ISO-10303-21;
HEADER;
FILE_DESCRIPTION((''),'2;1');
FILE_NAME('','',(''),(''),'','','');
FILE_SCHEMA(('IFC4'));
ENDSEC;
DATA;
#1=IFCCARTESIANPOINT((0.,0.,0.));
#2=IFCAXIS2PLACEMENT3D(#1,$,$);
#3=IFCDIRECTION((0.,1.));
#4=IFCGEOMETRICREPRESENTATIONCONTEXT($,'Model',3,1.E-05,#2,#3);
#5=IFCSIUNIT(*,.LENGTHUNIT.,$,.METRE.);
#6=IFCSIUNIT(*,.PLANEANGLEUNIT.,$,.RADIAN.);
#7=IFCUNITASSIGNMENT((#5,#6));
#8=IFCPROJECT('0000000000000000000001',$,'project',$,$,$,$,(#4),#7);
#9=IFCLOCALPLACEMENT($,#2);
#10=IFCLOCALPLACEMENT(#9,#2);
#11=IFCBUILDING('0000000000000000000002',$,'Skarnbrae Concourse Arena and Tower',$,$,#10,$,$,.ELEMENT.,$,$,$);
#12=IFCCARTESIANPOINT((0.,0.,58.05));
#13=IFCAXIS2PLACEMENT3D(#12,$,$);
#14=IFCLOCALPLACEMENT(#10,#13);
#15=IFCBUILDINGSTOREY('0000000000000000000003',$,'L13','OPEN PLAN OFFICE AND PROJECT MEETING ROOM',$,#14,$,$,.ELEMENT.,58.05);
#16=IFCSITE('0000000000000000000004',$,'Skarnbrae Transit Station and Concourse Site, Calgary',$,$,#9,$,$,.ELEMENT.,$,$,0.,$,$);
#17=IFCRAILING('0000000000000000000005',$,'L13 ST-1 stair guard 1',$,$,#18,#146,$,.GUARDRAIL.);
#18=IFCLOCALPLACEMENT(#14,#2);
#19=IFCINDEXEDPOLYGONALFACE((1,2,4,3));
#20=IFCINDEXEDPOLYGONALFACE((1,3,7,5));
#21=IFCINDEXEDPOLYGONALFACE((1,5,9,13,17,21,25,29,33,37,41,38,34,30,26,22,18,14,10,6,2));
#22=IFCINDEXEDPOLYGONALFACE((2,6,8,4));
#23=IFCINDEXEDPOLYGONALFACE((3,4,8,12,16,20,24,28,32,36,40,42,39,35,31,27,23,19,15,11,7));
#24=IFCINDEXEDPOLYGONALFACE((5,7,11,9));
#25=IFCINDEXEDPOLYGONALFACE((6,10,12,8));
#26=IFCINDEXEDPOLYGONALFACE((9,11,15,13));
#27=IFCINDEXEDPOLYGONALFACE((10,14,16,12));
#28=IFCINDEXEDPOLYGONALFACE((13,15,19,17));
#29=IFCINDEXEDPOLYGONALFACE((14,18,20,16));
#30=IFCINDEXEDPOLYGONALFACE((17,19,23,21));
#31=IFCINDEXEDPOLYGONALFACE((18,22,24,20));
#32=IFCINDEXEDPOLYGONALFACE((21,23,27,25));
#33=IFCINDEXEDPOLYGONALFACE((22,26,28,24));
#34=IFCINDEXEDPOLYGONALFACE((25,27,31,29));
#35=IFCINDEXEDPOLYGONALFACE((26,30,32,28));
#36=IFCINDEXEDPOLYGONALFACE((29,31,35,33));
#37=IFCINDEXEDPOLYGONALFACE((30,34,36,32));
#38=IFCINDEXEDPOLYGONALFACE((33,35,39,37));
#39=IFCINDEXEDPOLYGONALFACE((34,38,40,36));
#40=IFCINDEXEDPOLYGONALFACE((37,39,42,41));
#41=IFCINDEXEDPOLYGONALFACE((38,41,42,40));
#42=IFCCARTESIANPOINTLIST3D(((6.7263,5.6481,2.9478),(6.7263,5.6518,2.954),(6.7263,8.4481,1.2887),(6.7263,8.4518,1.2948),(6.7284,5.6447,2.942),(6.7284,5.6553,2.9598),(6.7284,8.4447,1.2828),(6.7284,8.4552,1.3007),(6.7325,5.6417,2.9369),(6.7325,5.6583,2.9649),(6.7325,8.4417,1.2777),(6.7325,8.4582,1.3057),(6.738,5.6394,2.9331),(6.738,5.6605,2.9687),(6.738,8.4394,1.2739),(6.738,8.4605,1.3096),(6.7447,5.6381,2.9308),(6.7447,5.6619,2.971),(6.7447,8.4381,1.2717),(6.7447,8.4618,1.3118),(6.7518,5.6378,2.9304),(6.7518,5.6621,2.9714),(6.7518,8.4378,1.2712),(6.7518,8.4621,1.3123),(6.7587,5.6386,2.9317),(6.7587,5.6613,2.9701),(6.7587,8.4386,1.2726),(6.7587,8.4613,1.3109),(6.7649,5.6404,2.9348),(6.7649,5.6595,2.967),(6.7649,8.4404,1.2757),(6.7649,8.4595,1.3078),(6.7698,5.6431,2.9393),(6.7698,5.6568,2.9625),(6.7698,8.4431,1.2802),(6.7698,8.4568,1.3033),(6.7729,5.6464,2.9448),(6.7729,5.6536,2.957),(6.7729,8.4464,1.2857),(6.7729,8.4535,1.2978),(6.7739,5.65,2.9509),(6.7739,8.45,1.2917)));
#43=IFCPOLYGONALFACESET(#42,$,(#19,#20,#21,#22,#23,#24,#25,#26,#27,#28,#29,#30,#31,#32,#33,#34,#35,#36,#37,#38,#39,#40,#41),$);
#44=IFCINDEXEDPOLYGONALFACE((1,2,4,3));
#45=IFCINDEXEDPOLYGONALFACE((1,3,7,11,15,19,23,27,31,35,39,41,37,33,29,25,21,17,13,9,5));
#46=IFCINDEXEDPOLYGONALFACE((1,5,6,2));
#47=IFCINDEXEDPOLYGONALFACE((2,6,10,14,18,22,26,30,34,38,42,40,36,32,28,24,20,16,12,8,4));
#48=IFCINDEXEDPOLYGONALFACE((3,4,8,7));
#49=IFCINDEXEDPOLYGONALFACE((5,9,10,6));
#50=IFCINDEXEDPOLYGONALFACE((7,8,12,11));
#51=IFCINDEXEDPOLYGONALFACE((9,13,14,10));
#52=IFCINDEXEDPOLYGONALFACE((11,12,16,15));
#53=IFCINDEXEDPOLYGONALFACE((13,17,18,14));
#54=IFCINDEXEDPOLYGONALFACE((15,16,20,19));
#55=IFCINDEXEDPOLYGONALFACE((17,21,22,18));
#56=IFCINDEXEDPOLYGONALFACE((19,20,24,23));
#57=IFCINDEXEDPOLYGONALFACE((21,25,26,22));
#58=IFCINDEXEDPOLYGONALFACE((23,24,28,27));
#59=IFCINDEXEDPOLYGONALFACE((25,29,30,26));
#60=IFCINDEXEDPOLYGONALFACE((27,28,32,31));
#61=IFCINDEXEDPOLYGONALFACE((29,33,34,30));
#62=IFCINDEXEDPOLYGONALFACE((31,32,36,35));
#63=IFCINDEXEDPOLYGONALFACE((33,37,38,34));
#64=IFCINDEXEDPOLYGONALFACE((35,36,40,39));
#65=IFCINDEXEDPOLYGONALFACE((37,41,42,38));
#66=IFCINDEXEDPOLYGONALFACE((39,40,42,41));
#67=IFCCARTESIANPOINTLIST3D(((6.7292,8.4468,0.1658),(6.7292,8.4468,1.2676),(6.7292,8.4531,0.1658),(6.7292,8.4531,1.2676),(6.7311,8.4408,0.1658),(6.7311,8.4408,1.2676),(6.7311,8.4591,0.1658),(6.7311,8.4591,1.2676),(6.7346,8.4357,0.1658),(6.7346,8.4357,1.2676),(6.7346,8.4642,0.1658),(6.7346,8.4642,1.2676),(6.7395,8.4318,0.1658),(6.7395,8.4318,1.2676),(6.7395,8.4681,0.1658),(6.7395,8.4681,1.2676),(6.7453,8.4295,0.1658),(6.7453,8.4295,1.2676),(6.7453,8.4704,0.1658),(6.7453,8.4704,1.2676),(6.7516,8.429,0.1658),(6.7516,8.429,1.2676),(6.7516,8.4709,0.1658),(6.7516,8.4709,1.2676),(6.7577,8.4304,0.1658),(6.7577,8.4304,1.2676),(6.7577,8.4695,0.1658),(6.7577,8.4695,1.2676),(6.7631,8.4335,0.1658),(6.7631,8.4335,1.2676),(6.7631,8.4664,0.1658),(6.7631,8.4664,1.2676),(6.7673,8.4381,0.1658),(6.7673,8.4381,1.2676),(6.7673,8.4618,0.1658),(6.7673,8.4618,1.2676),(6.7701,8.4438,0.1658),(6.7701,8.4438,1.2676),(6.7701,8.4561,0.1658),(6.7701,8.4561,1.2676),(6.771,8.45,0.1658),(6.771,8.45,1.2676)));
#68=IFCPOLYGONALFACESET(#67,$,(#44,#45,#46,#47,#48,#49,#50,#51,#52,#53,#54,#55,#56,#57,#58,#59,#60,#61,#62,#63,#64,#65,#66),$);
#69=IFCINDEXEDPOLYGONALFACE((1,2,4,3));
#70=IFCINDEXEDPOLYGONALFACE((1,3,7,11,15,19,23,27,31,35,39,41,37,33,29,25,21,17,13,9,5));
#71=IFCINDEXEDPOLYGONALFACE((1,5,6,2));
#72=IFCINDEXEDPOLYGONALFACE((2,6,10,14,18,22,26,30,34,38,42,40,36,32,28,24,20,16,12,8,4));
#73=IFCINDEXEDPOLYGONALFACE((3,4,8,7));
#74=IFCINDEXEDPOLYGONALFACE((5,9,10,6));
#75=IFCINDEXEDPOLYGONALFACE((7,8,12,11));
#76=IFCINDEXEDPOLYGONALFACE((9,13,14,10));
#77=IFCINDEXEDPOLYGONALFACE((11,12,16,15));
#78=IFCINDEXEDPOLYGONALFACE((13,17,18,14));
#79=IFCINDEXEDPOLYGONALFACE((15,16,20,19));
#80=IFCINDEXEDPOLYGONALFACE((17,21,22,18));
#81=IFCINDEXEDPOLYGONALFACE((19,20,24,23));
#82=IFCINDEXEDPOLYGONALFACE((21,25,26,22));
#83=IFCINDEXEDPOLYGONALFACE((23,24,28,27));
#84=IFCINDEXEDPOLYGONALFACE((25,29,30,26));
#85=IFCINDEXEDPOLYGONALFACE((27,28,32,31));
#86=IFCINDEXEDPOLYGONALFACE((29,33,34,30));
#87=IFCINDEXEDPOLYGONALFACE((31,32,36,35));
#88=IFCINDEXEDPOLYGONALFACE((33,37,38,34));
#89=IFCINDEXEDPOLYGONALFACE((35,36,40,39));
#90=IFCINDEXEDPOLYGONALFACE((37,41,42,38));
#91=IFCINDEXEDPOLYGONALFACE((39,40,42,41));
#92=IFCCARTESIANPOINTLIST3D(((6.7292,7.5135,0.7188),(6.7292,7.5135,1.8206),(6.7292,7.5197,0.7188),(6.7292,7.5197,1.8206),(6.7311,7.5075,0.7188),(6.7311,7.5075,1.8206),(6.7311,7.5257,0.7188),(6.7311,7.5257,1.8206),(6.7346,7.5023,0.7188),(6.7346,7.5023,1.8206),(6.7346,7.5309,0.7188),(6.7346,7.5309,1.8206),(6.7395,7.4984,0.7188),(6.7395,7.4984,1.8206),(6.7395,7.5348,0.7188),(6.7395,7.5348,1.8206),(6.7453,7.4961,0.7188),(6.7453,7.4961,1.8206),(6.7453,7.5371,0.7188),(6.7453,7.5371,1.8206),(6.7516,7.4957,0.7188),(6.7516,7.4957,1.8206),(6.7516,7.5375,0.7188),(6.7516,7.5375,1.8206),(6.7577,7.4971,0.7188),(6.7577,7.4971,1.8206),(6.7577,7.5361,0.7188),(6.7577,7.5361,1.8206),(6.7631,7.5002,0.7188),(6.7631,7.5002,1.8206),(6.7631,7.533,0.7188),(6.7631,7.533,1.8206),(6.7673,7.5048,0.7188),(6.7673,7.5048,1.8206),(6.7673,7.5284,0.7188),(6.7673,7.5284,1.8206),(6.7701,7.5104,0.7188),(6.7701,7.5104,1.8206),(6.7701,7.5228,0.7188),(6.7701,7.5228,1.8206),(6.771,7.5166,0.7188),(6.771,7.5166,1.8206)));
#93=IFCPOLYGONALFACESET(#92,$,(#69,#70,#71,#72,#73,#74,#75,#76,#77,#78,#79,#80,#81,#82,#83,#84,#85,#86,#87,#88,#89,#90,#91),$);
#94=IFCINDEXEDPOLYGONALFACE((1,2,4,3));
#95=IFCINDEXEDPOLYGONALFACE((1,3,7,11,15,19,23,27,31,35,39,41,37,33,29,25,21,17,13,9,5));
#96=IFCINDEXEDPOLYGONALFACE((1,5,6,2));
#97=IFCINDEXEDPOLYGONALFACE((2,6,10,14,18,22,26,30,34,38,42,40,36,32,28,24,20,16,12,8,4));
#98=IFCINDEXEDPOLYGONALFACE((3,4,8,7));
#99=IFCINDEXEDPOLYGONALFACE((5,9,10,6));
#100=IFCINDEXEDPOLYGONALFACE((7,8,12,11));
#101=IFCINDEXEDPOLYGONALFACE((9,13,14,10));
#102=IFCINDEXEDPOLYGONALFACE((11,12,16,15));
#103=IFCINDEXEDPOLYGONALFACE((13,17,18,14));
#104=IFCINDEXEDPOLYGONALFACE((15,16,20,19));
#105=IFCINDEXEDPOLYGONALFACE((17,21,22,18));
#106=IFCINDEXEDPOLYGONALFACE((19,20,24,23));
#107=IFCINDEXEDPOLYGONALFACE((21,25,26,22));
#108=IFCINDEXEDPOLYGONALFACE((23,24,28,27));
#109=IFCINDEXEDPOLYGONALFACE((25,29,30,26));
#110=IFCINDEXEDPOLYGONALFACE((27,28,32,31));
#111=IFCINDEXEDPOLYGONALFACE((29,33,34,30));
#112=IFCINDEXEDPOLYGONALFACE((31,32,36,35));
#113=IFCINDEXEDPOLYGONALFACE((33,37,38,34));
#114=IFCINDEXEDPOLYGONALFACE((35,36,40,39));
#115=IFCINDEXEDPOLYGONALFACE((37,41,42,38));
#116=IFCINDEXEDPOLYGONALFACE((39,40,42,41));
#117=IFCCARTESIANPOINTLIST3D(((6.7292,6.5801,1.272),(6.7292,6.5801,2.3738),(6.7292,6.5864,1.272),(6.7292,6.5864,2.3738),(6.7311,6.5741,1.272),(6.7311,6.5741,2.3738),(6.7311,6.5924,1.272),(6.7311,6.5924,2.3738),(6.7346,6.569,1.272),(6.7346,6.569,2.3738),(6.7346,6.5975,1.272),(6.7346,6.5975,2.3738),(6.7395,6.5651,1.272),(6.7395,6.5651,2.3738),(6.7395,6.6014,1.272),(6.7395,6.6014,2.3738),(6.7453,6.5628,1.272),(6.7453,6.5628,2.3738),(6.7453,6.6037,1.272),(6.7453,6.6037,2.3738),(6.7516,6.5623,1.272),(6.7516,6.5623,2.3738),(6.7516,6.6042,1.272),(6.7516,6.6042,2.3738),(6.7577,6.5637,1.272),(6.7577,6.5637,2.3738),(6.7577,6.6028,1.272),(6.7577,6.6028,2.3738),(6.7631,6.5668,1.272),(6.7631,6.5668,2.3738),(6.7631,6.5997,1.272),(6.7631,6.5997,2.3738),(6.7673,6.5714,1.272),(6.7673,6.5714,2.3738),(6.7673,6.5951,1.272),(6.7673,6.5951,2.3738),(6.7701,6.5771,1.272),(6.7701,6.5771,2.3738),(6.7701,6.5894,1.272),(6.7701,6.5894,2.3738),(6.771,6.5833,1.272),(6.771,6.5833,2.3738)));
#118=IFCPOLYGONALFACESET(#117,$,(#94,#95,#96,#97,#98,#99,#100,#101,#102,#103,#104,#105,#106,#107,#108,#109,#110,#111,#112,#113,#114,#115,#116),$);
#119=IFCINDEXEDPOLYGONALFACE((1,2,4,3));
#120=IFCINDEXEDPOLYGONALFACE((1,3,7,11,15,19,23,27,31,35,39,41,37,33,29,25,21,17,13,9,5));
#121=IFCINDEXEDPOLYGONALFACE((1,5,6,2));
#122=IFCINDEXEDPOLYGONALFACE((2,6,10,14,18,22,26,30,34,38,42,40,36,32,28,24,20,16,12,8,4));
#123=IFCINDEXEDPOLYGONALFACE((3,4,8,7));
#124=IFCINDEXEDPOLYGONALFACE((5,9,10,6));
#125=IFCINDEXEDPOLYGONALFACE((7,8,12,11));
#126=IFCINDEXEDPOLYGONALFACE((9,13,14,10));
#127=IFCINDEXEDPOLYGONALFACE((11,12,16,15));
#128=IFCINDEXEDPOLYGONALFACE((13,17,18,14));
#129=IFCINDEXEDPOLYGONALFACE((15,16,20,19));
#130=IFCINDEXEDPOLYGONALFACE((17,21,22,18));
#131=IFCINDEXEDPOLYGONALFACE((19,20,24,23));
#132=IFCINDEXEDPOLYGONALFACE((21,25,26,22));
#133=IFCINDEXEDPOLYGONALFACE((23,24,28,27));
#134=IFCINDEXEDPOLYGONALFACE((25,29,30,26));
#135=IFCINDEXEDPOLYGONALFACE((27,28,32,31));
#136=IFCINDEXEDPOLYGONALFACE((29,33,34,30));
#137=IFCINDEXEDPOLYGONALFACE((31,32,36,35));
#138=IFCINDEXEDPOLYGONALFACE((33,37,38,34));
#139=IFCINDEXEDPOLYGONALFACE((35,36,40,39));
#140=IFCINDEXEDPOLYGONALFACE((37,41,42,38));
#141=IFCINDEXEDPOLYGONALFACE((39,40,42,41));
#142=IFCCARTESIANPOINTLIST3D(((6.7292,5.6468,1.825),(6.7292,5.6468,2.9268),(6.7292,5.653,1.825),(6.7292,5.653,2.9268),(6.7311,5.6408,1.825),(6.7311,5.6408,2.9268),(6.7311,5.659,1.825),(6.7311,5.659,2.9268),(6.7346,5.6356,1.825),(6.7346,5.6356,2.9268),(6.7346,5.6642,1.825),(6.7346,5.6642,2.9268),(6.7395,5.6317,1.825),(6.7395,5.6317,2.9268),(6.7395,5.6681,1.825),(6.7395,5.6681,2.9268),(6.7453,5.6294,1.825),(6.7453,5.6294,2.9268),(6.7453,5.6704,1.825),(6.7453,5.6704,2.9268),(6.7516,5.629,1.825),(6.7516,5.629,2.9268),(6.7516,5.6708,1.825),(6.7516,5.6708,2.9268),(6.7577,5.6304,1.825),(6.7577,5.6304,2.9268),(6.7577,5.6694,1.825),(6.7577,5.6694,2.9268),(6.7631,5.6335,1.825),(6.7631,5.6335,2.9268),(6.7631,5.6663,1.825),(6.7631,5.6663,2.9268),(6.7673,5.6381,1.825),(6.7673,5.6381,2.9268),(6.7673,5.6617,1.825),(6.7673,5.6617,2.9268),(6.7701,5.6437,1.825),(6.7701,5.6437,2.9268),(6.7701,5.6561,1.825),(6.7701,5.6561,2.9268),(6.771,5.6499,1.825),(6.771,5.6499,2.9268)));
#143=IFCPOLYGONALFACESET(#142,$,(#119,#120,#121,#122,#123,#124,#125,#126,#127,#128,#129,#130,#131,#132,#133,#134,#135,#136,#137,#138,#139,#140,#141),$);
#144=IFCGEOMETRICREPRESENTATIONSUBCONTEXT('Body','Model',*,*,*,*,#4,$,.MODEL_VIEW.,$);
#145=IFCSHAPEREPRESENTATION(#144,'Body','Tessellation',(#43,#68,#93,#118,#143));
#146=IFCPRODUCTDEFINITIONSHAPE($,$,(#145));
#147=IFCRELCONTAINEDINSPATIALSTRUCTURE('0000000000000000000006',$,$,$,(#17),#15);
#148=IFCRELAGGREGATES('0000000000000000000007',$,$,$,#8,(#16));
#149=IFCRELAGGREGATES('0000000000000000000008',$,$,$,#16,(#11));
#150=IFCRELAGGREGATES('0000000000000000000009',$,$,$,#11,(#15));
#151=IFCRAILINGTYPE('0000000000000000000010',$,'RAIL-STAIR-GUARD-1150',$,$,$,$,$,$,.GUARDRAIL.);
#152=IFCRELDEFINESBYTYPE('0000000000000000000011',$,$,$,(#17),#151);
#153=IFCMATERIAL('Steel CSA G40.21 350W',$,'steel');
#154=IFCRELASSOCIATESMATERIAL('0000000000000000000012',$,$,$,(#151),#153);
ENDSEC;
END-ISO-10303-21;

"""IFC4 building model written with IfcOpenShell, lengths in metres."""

from ifc_helpers import new_model, si_unit, direction, frame, origin, origin_2d, place, context, subcontext, project, spatial, circle, extrude, material, type_object, element, save


model = new_model("IFC4")

# Units and contexts
model_context = context("Model", 3, precision=1e-05, world=origin(), true_north=direction((0.0, 1.0)))
body_context = subcontext(model_context, "Body", "Model", "MODEL_VIEW")
ifc_project = project(units=[si_unit("LENGTHUNIT", "METRE"), si_unit("PLANEANGLEUNIT", "RADIAN")], contexts=[model_context])

# Site, building, storey
site_placement = place(None, origin())
site = spatial("IfcSite", under=ifc_project, at=site_placement, Name="Skarnbrae Transit Station and Concourse Site, Calgary", CompositionType="ELEMENT", RefElevation=0.0)
building_placement = place(site_placement, origin())
building = spatial("IfcBuilding", under=site, at=building_placement, Name="Skarnbrae Concourse Arena and Tower", CompositionType="ELEMENT")
storey_placement = place(building_placement, frame((0.0, 0.0, 58.05)))
storey = spatial("IfcBuildingStorey", under=building, at=storey_placement, Name="L13", Description="OPEN PLAN OFFICE AND PROJECT MEETING ROOM", CompositionType="ELEMENT", Elevation=58.05)

# Shared definitions
ifc_material_1 = material(Name="Steel CSA G40.21 350W", Category="steel")

# Railing
railing_type_1 = type_object("IfcRailingType", Name="RAIL-STAIR-GUARD-1150", PredefinedType="GUARDRAIL", material=ifc_material_1)
railing_1_placement = place(storey_placement, frame((6.75, 8.45, 0.1658)))
element("IfcRailing", 1, at=railing_1_placement, inside=storey, type_object=railing_type_1, Name="L13 ST-1 stair guard 1", PredefinedType="GUARDRAIL", context=body_context, shape_type="SweptSolid", body=[
    extrude(circle(Radius=0.0239, at=origin_2d()), frame((0.0, 0.0, 1.126), z_axis=(0.0, -0.860306, 0.509778), x_axis=(1.0, 0.0, 0.0)), (0.0, 0.0, 1.0), 3.2546),
    extrude(circle(Radius=0.021, at=origin_2d()), origin(), (0.0, 0.0, 1.0), 1.1018),
    extrude(circle(Radius=0.021, at=origin_2d()), frame((0.0, -0.9333, 0.553)), (0.0, 0.0, 1.0), 1.1018),
    extrude(circle(Radius=0.021, at=origin_2d()), frame((0.0, -1.8667, 1.1062)), (0.0, 0.0, 1.0), 1.1018),
    extrude(circle(Radius=0.021, at=origin_2d()), frame((0.0, -2.8, 1.6592)), (0.0, 0.0, 1.0), 1.1018),
])

save(model, "model.ifc")
